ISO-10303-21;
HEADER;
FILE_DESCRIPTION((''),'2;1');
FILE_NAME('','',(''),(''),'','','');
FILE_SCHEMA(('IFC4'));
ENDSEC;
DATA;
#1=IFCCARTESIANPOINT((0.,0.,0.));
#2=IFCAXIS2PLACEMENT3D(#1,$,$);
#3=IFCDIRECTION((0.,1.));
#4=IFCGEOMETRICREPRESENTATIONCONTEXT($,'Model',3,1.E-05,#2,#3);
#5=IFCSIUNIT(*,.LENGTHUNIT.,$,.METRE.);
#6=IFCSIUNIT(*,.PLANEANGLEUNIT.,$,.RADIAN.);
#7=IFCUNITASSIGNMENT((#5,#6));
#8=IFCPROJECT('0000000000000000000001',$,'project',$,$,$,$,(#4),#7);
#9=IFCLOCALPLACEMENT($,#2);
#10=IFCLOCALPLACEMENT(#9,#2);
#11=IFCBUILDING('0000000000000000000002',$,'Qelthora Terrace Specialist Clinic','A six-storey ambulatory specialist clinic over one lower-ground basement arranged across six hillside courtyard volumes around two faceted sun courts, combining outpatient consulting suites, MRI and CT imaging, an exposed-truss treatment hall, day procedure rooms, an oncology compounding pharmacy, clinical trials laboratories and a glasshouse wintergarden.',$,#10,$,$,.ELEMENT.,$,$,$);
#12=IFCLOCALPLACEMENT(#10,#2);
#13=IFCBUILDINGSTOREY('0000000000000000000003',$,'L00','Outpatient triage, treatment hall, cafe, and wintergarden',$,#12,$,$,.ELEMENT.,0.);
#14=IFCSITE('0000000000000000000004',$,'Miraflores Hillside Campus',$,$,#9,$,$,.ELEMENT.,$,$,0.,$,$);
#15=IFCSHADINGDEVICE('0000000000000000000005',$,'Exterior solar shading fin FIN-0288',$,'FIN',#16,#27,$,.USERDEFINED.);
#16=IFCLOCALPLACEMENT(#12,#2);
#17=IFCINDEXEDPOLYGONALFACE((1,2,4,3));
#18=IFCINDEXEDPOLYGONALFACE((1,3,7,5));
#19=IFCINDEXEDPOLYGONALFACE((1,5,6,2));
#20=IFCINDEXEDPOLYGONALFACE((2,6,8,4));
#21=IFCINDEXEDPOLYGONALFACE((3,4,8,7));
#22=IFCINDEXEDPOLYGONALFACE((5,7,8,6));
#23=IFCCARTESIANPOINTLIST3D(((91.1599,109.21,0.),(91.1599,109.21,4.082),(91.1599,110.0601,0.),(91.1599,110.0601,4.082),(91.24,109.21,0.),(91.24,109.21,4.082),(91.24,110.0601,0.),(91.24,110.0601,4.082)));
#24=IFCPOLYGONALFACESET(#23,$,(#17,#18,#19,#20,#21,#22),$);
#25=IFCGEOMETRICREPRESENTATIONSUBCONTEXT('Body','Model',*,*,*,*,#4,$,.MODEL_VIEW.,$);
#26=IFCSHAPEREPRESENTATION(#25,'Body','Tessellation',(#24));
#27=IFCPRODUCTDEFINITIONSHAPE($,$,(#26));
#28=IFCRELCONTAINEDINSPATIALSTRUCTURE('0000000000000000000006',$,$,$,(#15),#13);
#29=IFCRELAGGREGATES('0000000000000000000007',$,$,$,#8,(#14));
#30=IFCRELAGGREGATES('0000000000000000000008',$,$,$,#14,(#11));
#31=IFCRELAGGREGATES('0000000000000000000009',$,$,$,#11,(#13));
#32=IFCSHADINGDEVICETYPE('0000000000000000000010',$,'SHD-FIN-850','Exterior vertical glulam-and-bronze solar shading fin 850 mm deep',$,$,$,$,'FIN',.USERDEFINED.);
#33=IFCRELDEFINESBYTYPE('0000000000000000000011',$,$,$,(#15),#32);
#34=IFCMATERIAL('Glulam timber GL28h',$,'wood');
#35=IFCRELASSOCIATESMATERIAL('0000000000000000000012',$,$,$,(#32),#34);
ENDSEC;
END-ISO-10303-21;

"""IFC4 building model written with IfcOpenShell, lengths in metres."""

from ifc_helpers import new_model, si_unit, direction, frame, origin, origin_2d, place, context, subcontext, project, spatial, rectangle, extrude, material, type_object, element, save


model = new_model("IFC4")

# Units and contexts
model_context = context("Model", 3, precision=1e-05, world=origin(), true_north=direction((0.0, 1.0)))
body_context = subcontext(model_context, "Body", "Model", "MODEL_VIEW")
ifc_project = project(units=[si_unit("LENGTHUNIT", "METRE"), si_unit("PLANEANGLEUNIT", "RADIAN")], contexts=[model_context])

# Site, building, storey
site_placement = place(None, origin())
site = spatial("IfcSite", under=ifc_project, at=site_placement, Name="Miraflores Hillside Campus", CompositionType="ELEMENT", RefElevation=0.0)
building_placement = place(site_placement, origin())
building = spatial("IfcBuilding", under=site, at=building_placement, Name="Qelthora Terrace Specialist Clinic", Description="A six-storey ambulatory specialist clinic over one lower-ground basement arranged across six hillside courtyard volumes around two faceted sun courts, combining outpatient consulting suites, MRI and CT imaging, an exposed-truss treatment hall, day procedure rooms, an oncology compounding pharmacy, clinical trials laboratories and a glasshouse wintergarden.", CompositionType="ELEMENT")
storey_placement = place(building_placement, origin())
storey = spatial("IfcBuildingStorey", under=building, at=storey_placement, Name="L00", Description="Outpatient triage, treatment hall, cafe, and wintergarden", CompositionType="ELEMENT", Elevation=0.0)

# Shading device
ifc_material_1 = material(Name="Glulam timber GL28h", Category="wood")
shading_device_type = type_object("IfcShadingDeviceType", Name="SHD-FIN-850", Description="Exterior vertical glulam-and-bronze solar shading fin 850 mm deep", ElementType="FIN", PredefinedType="USERDEFINED", material=ifc_material_1)
for number, where, z_axis, x_axis, name in (
    (1, (91.2, 109.635, 0.0), (0.0, 0.0, 1.0), (0.0, 1.0, 0.0), "Exterior solar shading fin FIN-0288"),
):
    element("IfcShadingDevice", number, at=place(storey_placement, frame(where, z_axis=z_axis, x_axis=x_axis)), inside=storey, type_object=shading_device_type, Name=name, ObjectType="FIN", PredefinedType="USERDEFINED", context=body_context, shape_type="SweptSolid", body=[
        extrude(rectangle(XDim=0.8501, YDim=0.0801, at=origin_2d()), origin(), (0.0, 0.0, 1.0), 4.082),
    ])

save(model, "model.ifc")
